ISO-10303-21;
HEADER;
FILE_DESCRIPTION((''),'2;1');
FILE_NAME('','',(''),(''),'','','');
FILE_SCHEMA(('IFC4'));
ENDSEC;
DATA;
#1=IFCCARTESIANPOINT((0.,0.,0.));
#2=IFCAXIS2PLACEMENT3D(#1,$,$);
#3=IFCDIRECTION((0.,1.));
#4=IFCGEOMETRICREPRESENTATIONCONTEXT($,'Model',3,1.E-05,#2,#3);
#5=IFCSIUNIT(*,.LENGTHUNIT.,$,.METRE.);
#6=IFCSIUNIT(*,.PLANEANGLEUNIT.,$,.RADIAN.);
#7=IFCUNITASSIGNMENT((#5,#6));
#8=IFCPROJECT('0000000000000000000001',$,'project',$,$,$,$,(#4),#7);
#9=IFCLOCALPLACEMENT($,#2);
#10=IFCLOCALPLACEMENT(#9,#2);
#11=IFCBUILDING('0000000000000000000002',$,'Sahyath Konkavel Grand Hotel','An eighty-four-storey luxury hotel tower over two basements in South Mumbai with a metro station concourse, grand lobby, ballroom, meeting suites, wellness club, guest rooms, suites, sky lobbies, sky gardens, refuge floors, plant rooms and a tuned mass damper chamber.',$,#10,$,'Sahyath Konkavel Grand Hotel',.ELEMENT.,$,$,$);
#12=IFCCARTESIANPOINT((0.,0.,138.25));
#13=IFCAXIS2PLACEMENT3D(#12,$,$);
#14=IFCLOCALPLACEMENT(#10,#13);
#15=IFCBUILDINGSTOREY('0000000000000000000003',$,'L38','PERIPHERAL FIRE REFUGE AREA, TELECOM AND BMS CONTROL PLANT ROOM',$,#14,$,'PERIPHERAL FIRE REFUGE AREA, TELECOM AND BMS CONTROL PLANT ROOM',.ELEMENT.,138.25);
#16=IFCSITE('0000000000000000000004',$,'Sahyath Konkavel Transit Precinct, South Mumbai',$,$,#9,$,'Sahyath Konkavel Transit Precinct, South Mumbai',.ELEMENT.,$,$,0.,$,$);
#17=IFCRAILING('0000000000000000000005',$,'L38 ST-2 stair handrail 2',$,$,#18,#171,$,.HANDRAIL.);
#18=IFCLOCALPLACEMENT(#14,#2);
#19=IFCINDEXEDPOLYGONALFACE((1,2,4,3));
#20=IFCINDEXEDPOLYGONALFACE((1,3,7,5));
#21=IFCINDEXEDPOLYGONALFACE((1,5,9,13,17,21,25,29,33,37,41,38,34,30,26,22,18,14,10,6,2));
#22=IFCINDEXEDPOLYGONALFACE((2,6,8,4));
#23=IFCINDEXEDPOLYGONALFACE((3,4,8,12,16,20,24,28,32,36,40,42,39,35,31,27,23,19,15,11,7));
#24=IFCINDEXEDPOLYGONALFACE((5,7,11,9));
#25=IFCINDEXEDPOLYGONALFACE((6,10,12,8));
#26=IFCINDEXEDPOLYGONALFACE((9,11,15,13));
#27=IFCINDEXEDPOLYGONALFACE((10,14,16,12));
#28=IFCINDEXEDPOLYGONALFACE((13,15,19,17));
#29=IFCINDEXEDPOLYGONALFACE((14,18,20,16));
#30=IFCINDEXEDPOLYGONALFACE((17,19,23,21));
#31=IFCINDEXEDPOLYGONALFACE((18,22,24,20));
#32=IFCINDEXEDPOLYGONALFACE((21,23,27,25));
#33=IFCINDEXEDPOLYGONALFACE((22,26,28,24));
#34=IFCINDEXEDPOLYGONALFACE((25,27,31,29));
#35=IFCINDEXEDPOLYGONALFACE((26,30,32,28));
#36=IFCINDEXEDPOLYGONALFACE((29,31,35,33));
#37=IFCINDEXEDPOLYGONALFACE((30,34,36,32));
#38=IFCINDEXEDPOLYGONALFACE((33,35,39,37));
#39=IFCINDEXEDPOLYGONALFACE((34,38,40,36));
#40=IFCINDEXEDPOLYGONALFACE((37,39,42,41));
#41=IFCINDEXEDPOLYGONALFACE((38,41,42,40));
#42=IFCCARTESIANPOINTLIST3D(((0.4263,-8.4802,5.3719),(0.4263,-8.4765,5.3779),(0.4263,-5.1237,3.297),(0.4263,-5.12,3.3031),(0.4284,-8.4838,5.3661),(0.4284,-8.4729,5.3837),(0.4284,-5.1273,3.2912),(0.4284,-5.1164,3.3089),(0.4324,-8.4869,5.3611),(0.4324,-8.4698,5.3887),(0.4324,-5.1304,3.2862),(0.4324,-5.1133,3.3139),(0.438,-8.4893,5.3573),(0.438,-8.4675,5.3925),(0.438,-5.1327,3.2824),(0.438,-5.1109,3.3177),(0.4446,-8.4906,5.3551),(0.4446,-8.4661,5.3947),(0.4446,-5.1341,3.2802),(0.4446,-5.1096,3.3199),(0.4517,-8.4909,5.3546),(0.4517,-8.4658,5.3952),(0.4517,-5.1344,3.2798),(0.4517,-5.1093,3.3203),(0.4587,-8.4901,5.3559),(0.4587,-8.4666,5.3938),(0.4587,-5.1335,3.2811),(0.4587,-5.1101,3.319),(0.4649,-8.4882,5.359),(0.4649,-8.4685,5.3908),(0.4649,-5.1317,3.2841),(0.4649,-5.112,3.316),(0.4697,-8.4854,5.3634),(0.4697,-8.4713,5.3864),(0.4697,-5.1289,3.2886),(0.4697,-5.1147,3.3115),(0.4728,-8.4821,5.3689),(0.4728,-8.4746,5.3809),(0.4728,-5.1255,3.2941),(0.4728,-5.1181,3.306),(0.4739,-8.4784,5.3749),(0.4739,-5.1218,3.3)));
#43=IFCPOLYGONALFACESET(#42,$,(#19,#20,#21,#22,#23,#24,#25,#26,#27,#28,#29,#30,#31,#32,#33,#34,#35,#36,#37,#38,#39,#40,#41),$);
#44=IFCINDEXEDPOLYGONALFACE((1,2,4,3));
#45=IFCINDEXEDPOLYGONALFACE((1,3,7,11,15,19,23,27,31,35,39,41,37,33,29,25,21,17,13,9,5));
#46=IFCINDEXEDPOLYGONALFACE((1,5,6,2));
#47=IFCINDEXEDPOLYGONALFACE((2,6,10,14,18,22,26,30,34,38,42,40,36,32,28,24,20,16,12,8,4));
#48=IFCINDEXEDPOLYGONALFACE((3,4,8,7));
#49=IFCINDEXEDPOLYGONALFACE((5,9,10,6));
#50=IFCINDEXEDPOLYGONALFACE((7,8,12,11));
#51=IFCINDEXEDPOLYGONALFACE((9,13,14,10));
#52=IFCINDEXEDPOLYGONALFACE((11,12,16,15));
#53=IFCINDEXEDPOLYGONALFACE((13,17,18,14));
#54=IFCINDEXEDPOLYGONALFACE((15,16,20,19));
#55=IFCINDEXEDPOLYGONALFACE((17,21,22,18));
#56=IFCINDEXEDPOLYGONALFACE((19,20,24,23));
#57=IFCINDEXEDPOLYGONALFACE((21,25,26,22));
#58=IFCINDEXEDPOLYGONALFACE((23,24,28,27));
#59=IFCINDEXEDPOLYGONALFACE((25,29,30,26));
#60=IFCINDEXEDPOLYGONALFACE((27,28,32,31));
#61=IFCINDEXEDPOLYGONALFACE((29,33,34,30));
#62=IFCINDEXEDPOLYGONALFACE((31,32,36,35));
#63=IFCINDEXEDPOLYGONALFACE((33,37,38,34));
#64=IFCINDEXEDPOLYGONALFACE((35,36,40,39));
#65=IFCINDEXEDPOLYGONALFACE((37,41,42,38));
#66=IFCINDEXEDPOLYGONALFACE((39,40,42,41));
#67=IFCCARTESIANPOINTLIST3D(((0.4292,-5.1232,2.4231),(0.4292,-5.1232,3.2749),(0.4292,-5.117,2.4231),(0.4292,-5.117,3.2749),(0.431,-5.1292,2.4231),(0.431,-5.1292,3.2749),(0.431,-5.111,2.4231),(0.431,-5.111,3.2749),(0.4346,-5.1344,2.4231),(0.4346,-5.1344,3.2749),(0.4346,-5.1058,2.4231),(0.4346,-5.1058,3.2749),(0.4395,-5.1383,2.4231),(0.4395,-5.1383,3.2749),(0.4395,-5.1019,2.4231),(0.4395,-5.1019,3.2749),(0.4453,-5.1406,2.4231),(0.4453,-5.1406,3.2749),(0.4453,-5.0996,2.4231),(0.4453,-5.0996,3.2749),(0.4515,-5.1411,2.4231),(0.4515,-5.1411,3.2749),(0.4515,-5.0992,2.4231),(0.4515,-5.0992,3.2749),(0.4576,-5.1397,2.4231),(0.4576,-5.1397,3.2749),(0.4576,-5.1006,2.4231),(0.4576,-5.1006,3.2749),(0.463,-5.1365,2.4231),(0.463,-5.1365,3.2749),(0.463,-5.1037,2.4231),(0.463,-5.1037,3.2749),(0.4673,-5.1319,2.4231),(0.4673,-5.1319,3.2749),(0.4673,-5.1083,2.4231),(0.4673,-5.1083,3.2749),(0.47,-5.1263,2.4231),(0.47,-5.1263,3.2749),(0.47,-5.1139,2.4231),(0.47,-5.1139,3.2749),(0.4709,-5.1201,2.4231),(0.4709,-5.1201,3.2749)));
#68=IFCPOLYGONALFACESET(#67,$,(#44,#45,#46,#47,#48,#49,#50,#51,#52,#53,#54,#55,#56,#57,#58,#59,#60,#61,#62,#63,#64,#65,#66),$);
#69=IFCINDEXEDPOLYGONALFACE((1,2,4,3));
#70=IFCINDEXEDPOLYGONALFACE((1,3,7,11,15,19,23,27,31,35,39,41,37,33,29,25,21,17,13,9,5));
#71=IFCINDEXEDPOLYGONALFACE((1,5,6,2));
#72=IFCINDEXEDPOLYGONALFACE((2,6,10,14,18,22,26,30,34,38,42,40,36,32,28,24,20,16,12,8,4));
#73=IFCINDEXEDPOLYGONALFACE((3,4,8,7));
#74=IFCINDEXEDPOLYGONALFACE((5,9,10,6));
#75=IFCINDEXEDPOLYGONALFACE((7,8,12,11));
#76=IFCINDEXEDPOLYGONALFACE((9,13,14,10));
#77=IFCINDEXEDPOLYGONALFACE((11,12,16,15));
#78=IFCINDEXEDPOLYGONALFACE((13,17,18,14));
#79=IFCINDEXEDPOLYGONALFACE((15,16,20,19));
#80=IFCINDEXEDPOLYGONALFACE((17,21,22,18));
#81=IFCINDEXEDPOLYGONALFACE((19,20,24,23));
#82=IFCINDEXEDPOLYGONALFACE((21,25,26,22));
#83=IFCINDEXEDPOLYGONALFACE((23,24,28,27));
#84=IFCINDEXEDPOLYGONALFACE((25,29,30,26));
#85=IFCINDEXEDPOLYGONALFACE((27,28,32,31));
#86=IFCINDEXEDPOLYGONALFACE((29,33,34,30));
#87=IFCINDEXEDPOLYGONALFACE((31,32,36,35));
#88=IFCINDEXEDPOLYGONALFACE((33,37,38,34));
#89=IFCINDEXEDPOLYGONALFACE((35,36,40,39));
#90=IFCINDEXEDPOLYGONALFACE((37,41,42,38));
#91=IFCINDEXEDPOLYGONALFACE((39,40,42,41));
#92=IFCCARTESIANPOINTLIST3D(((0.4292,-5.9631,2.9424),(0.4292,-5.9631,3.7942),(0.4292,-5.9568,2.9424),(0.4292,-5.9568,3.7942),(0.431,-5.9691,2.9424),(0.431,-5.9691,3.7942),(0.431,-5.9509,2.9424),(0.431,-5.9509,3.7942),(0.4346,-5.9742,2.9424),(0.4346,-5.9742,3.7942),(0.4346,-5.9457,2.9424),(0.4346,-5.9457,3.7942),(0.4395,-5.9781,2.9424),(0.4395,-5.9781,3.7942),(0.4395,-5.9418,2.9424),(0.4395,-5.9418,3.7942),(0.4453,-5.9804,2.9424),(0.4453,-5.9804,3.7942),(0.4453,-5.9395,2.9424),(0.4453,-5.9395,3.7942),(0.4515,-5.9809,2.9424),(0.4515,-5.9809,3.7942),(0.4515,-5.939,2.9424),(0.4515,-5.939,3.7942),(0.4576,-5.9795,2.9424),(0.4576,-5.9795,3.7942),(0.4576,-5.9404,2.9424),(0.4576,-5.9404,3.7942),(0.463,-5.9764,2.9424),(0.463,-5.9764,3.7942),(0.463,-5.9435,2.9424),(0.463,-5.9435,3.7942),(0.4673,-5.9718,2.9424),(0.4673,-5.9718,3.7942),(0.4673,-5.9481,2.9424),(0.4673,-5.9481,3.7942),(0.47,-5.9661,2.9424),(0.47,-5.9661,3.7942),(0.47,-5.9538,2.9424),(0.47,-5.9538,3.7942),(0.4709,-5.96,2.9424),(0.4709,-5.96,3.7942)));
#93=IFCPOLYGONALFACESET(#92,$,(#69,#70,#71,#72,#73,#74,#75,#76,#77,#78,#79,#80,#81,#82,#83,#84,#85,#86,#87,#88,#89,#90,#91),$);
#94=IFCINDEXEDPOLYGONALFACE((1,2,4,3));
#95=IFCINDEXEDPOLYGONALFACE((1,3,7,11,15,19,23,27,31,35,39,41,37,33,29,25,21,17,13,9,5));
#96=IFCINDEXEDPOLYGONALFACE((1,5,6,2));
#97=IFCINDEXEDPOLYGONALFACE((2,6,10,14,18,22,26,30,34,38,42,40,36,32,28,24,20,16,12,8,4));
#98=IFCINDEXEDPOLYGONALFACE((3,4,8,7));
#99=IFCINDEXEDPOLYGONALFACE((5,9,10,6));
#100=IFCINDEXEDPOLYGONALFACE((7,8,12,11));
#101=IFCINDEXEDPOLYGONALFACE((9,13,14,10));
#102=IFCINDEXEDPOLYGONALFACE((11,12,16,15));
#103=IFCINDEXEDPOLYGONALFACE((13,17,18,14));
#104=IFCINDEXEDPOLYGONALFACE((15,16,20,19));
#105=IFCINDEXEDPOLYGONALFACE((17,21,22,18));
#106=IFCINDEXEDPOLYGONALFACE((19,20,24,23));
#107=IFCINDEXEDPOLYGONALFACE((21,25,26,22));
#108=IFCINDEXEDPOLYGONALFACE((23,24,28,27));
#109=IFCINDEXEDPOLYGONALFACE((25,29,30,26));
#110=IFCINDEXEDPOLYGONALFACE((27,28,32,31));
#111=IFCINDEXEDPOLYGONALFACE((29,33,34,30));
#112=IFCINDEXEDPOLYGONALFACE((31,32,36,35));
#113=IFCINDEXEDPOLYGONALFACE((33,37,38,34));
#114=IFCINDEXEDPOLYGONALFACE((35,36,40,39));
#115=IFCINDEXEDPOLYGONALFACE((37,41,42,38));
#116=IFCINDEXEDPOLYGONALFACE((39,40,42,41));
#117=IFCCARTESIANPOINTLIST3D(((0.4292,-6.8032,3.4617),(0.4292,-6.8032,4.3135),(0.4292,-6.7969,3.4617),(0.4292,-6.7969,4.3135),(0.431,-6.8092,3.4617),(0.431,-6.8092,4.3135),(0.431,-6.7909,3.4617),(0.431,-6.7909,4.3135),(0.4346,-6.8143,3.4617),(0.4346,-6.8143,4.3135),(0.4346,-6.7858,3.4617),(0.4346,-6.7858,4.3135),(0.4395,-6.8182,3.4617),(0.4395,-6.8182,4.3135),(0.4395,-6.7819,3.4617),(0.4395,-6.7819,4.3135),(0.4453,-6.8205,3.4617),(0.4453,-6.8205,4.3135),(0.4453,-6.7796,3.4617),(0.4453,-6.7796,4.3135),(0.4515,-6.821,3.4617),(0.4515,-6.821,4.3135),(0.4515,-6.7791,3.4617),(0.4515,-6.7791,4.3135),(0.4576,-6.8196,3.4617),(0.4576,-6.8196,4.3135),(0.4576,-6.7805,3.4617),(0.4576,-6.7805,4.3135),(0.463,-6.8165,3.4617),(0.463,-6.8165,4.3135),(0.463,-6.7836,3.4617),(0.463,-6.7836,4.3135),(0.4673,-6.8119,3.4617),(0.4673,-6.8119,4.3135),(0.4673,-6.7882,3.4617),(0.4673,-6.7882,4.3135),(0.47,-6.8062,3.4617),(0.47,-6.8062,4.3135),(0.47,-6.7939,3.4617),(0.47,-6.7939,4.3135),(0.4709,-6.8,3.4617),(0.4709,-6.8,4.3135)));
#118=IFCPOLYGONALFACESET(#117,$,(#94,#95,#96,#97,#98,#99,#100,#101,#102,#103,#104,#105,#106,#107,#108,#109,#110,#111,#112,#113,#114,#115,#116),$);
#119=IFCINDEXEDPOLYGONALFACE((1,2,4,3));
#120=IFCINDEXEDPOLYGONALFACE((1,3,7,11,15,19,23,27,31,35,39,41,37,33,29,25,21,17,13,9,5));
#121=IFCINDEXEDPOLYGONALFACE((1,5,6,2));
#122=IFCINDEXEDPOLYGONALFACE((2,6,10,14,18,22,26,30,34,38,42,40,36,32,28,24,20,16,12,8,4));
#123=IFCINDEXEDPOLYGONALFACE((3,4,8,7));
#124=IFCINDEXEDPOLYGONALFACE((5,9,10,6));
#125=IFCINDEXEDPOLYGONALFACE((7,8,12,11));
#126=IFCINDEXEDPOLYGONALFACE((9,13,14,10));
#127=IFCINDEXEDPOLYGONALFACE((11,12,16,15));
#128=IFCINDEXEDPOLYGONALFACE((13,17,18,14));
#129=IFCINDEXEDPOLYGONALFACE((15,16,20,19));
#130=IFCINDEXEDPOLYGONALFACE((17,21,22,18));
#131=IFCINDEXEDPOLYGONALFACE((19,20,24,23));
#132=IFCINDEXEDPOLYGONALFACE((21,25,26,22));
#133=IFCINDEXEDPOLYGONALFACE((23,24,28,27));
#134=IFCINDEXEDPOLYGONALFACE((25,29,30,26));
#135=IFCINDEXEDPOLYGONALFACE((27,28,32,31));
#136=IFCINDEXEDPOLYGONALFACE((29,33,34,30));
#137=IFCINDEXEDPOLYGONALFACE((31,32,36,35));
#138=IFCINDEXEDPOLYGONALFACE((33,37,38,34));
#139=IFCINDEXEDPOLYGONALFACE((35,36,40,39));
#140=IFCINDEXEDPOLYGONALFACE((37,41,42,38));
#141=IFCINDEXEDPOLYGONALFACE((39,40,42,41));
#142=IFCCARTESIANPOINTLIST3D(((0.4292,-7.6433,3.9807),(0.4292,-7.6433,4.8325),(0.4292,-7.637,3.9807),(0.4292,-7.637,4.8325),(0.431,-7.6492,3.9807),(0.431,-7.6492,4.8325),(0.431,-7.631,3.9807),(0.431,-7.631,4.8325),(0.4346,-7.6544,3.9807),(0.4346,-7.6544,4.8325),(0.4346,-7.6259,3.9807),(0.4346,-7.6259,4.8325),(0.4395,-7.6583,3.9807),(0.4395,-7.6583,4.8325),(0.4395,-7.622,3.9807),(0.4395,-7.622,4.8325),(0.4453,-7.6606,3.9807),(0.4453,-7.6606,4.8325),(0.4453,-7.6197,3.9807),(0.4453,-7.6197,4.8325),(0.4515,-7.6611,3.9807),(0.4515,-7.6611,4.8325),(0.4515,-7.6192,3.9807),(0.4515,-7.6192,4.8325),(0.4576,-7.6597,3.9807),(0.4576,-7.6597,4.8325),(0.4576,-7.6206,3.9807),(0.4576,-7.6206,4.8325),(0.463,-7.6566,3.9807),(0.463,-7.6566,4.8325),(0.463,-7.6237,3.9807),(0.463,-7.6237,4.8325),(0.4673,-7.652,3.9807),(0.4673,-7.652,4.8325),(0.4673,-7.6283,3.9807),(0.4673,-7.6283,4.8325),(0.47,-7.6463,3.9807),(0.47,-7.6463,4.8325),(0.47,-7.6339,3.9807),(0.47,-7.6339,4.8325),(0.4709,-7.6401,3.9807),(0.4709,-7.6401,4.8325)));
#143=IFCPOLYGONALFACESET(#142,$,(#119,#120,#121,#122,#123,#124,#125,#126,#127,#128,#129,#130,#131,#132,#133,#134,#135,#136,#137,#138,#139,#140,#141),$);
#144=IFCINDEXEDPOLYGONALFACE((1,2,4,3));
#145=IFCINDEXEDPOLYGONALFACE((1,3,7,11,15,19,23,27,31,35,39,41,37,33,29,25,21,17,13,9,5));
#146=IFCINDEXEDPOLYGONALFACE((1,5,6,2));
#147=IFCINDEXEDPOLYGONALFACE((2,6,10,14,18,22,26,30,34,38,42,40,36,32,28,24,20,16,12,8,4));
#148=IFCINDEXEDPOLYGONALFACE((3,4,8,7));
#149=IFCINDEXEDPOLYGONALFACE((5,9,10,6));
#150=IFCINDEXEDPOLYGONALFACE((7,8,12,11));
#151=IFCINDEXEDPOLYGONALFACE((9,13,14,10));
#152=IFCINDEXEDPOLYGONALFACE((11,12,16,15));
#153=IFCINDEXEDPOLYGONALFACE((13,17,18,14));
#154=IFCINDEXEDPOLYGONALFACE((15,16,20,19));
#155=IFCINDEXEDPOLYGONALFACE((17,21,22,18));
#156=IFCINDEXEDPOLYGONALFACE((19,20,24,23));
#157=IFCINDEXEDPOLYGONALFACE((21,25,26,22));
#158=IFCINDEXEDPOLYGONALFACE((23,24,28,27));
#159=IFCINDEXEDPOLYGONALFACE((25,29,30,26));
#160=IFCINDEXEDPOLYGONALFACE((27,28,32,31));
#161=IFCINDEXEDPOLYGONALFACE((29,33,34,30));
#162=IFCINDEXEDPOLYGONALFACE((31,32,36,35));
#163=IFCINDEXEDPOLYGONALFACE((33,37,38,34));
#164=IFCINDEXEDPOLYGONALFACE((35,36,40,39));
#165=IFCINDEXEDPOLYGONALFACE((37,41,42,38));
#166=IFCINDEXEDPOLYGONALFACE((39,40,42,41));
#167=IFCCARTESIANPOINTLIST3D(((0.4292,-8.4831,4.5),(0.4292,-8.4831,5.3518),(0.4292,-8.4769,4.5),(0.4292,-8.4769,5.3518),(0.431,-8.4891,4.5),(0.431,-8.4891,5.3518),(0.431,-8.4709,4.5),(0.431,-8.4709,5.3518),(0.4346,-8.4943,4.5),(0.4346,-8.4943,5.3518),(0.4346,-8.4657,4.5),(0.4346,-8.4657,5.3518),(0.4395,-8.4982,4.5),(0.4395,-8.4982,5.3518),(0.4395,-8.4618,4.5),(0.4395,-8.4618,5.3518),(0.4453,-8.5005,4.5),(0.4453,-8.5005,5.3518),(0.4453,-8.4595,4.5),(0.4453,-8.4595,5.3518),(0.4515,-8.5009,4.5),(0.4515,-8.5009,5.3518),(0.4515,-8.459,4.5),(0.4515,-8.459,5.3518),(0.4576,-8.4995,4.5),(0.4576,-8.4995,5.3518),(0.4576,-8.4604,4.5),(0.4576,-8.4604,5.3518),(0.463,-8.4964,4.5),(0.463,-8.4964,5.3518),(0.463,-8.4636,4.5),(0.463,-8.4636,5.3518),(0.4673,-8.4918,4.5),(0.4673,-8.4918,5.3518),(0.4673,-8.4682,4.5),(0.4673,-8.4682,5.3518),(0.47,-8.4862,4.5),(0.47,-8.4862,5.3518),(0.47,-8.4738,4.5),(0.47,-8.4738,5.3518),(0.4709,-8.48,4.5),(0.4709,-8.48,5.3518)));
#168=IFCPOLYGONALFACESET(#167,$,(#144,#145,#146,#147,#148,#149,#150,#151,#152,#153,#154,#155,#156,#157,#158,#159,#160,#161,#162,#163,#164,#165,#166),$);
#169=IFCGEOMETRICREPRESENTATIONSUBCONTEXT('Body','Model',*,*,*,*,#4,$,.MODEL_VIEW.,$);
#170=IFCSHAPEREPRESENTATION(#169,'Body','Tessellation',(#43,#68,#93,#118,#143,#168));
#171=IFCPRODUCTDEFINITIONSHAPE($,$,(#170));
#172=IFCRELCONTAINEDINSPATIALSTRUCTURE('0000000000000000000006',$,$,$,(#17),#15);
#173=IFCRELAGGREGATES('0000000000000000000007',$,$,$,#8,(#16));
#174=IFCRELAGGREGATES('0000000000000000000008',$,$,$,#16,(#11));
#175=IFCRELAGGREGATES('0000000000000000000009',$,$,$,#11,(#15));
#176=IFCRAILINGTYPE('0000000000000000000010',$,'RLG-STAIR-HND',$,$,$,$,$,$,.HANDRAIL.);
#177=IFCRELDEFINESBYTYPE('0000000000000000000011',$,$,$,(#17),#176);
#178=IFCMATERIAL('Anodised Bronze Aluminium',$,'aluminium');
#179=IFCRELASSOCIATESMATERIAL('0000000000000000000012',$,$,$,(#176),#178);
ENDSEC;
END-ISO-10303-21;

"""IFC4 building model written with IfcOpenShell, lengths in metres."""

from ifc_helpers import new_model, si_unit, direction, frame, origin, origin_2d, place, context, subcontext, project, spatial, circle, extrude, material, type_object, element, save


model = new_model("IFC4")

# Units and contexts
model_context = context("Model", 3, precision=1e-05, world=origin(), true_north=direction((0.0, 1.0)))
body_context = subcontext(model_context, "Body", "Model", "MODEL_VIEW")
ifc_project = project(units=[si_unit("LENGTHUNIT", "METRE"), si_unit("PLANEANGLEUNIT", "RADIAN")], contexts=[model_context])

# Site, building, storey
site_placement = place(None, origin())
site = spatial("IfcSite", under=ifc_project, at=site_placement, Name="Sahyath Konkavel Transit Precinct, South Mumbai", LongName="Sahyath Konkavel Transit Precinct, South Mumbai", CompositionType="ELEMENT", RefElevation=0.0)
building_placement = place(site_placement, origin())
building = spatial("IfcBuilding", under=site, at=building_placement, Name="Sahyath Konkavel Grand Hotel", Description="An eighty-four-storey luxury hotel tower over two basements in South Mumbai with a metro station concourse, grand lobby, ballroom, meeting suites, wellness club, guest rooms, suites, sky lobbies, sky gardens, refuge floors, plant rooms and a tuned mass damper chamber.", LongName="Sahyath Konkavel Grand Hotel", CompositionType="ELEMENT")
storey_placement = place(building_placement, frame((0.0, 0.0, 138.25)))
storey = spatial("IfcBuildingStorey", under=building, at=storey_placement, Name="L38", Description="PERIPHERAL FIRE REFUGE AREA, TELECOM AND BMS CONTROL PLANT ROOM", LongName="PERIPHERAL FIRE REFUGE AREA, TELECOM AND BMS CONTROL PLANT ROOM", CompositionType="ELEMENT", Elevation=138.25)

# Railing
ifc_material_1 = material(Name="Anodised Bronze Aluminium", Category="aluminium")
railing_type = type_object("IfcRailingType", Name="RLG-STAIR-HND", PredefinedType="HANDRAIL", material=ifc_material_1)
railing_placement = place(storey_placement, frame((0.45, -5.1201, 2.4231)))
element("IfcRailing", 1, at=railing_placement, inside=storey, type_object=railing_type, Name="L38 ST-2 stair handrail 2", PredefinedType="HANDRAIL", context=body_context, shape_type="SweptSolid", body=[
    extrude(circle(Radius=0.0239, at=origin_2d()), frame((0.0, -0.0017, 0.877), z_axis=(0.0, -0.850606, 0.525803), x_axis=(1.0, 0.0, 0.0)), (0.0, 0.0, 1.0), 3.946),
    extrude(circle(Radius=0.021, at=origin_2d()), origin(), (0.0, 0.0, 1.0), 0.8518),
    extrude(circle(Radius=0.021, at=origin_2d()), frame((0.0, -0.8398, 0.5193)), (0.0, 0.0, 1.0), 0.8518),
    extrude(circle(Radius=0.021, at=origin_2d()), frame((0.0, -1.6799, 1.0386)), (0.0, 0.0, 1.0), 0.8518),
    extrude(circle(Radius=0.021, at=origin_2d()), frame((0.0, -2.52, 1.5576)), (0.0, 0.0, 1.0), 0.8518),
    extrude(circle(Radius=0.021, at=origin_2d()), frame((0.0, -3.3599, 2.0769)), (0.0, 0.0, 1.0), 0.8518),
])

save(model, "model.ifc")
